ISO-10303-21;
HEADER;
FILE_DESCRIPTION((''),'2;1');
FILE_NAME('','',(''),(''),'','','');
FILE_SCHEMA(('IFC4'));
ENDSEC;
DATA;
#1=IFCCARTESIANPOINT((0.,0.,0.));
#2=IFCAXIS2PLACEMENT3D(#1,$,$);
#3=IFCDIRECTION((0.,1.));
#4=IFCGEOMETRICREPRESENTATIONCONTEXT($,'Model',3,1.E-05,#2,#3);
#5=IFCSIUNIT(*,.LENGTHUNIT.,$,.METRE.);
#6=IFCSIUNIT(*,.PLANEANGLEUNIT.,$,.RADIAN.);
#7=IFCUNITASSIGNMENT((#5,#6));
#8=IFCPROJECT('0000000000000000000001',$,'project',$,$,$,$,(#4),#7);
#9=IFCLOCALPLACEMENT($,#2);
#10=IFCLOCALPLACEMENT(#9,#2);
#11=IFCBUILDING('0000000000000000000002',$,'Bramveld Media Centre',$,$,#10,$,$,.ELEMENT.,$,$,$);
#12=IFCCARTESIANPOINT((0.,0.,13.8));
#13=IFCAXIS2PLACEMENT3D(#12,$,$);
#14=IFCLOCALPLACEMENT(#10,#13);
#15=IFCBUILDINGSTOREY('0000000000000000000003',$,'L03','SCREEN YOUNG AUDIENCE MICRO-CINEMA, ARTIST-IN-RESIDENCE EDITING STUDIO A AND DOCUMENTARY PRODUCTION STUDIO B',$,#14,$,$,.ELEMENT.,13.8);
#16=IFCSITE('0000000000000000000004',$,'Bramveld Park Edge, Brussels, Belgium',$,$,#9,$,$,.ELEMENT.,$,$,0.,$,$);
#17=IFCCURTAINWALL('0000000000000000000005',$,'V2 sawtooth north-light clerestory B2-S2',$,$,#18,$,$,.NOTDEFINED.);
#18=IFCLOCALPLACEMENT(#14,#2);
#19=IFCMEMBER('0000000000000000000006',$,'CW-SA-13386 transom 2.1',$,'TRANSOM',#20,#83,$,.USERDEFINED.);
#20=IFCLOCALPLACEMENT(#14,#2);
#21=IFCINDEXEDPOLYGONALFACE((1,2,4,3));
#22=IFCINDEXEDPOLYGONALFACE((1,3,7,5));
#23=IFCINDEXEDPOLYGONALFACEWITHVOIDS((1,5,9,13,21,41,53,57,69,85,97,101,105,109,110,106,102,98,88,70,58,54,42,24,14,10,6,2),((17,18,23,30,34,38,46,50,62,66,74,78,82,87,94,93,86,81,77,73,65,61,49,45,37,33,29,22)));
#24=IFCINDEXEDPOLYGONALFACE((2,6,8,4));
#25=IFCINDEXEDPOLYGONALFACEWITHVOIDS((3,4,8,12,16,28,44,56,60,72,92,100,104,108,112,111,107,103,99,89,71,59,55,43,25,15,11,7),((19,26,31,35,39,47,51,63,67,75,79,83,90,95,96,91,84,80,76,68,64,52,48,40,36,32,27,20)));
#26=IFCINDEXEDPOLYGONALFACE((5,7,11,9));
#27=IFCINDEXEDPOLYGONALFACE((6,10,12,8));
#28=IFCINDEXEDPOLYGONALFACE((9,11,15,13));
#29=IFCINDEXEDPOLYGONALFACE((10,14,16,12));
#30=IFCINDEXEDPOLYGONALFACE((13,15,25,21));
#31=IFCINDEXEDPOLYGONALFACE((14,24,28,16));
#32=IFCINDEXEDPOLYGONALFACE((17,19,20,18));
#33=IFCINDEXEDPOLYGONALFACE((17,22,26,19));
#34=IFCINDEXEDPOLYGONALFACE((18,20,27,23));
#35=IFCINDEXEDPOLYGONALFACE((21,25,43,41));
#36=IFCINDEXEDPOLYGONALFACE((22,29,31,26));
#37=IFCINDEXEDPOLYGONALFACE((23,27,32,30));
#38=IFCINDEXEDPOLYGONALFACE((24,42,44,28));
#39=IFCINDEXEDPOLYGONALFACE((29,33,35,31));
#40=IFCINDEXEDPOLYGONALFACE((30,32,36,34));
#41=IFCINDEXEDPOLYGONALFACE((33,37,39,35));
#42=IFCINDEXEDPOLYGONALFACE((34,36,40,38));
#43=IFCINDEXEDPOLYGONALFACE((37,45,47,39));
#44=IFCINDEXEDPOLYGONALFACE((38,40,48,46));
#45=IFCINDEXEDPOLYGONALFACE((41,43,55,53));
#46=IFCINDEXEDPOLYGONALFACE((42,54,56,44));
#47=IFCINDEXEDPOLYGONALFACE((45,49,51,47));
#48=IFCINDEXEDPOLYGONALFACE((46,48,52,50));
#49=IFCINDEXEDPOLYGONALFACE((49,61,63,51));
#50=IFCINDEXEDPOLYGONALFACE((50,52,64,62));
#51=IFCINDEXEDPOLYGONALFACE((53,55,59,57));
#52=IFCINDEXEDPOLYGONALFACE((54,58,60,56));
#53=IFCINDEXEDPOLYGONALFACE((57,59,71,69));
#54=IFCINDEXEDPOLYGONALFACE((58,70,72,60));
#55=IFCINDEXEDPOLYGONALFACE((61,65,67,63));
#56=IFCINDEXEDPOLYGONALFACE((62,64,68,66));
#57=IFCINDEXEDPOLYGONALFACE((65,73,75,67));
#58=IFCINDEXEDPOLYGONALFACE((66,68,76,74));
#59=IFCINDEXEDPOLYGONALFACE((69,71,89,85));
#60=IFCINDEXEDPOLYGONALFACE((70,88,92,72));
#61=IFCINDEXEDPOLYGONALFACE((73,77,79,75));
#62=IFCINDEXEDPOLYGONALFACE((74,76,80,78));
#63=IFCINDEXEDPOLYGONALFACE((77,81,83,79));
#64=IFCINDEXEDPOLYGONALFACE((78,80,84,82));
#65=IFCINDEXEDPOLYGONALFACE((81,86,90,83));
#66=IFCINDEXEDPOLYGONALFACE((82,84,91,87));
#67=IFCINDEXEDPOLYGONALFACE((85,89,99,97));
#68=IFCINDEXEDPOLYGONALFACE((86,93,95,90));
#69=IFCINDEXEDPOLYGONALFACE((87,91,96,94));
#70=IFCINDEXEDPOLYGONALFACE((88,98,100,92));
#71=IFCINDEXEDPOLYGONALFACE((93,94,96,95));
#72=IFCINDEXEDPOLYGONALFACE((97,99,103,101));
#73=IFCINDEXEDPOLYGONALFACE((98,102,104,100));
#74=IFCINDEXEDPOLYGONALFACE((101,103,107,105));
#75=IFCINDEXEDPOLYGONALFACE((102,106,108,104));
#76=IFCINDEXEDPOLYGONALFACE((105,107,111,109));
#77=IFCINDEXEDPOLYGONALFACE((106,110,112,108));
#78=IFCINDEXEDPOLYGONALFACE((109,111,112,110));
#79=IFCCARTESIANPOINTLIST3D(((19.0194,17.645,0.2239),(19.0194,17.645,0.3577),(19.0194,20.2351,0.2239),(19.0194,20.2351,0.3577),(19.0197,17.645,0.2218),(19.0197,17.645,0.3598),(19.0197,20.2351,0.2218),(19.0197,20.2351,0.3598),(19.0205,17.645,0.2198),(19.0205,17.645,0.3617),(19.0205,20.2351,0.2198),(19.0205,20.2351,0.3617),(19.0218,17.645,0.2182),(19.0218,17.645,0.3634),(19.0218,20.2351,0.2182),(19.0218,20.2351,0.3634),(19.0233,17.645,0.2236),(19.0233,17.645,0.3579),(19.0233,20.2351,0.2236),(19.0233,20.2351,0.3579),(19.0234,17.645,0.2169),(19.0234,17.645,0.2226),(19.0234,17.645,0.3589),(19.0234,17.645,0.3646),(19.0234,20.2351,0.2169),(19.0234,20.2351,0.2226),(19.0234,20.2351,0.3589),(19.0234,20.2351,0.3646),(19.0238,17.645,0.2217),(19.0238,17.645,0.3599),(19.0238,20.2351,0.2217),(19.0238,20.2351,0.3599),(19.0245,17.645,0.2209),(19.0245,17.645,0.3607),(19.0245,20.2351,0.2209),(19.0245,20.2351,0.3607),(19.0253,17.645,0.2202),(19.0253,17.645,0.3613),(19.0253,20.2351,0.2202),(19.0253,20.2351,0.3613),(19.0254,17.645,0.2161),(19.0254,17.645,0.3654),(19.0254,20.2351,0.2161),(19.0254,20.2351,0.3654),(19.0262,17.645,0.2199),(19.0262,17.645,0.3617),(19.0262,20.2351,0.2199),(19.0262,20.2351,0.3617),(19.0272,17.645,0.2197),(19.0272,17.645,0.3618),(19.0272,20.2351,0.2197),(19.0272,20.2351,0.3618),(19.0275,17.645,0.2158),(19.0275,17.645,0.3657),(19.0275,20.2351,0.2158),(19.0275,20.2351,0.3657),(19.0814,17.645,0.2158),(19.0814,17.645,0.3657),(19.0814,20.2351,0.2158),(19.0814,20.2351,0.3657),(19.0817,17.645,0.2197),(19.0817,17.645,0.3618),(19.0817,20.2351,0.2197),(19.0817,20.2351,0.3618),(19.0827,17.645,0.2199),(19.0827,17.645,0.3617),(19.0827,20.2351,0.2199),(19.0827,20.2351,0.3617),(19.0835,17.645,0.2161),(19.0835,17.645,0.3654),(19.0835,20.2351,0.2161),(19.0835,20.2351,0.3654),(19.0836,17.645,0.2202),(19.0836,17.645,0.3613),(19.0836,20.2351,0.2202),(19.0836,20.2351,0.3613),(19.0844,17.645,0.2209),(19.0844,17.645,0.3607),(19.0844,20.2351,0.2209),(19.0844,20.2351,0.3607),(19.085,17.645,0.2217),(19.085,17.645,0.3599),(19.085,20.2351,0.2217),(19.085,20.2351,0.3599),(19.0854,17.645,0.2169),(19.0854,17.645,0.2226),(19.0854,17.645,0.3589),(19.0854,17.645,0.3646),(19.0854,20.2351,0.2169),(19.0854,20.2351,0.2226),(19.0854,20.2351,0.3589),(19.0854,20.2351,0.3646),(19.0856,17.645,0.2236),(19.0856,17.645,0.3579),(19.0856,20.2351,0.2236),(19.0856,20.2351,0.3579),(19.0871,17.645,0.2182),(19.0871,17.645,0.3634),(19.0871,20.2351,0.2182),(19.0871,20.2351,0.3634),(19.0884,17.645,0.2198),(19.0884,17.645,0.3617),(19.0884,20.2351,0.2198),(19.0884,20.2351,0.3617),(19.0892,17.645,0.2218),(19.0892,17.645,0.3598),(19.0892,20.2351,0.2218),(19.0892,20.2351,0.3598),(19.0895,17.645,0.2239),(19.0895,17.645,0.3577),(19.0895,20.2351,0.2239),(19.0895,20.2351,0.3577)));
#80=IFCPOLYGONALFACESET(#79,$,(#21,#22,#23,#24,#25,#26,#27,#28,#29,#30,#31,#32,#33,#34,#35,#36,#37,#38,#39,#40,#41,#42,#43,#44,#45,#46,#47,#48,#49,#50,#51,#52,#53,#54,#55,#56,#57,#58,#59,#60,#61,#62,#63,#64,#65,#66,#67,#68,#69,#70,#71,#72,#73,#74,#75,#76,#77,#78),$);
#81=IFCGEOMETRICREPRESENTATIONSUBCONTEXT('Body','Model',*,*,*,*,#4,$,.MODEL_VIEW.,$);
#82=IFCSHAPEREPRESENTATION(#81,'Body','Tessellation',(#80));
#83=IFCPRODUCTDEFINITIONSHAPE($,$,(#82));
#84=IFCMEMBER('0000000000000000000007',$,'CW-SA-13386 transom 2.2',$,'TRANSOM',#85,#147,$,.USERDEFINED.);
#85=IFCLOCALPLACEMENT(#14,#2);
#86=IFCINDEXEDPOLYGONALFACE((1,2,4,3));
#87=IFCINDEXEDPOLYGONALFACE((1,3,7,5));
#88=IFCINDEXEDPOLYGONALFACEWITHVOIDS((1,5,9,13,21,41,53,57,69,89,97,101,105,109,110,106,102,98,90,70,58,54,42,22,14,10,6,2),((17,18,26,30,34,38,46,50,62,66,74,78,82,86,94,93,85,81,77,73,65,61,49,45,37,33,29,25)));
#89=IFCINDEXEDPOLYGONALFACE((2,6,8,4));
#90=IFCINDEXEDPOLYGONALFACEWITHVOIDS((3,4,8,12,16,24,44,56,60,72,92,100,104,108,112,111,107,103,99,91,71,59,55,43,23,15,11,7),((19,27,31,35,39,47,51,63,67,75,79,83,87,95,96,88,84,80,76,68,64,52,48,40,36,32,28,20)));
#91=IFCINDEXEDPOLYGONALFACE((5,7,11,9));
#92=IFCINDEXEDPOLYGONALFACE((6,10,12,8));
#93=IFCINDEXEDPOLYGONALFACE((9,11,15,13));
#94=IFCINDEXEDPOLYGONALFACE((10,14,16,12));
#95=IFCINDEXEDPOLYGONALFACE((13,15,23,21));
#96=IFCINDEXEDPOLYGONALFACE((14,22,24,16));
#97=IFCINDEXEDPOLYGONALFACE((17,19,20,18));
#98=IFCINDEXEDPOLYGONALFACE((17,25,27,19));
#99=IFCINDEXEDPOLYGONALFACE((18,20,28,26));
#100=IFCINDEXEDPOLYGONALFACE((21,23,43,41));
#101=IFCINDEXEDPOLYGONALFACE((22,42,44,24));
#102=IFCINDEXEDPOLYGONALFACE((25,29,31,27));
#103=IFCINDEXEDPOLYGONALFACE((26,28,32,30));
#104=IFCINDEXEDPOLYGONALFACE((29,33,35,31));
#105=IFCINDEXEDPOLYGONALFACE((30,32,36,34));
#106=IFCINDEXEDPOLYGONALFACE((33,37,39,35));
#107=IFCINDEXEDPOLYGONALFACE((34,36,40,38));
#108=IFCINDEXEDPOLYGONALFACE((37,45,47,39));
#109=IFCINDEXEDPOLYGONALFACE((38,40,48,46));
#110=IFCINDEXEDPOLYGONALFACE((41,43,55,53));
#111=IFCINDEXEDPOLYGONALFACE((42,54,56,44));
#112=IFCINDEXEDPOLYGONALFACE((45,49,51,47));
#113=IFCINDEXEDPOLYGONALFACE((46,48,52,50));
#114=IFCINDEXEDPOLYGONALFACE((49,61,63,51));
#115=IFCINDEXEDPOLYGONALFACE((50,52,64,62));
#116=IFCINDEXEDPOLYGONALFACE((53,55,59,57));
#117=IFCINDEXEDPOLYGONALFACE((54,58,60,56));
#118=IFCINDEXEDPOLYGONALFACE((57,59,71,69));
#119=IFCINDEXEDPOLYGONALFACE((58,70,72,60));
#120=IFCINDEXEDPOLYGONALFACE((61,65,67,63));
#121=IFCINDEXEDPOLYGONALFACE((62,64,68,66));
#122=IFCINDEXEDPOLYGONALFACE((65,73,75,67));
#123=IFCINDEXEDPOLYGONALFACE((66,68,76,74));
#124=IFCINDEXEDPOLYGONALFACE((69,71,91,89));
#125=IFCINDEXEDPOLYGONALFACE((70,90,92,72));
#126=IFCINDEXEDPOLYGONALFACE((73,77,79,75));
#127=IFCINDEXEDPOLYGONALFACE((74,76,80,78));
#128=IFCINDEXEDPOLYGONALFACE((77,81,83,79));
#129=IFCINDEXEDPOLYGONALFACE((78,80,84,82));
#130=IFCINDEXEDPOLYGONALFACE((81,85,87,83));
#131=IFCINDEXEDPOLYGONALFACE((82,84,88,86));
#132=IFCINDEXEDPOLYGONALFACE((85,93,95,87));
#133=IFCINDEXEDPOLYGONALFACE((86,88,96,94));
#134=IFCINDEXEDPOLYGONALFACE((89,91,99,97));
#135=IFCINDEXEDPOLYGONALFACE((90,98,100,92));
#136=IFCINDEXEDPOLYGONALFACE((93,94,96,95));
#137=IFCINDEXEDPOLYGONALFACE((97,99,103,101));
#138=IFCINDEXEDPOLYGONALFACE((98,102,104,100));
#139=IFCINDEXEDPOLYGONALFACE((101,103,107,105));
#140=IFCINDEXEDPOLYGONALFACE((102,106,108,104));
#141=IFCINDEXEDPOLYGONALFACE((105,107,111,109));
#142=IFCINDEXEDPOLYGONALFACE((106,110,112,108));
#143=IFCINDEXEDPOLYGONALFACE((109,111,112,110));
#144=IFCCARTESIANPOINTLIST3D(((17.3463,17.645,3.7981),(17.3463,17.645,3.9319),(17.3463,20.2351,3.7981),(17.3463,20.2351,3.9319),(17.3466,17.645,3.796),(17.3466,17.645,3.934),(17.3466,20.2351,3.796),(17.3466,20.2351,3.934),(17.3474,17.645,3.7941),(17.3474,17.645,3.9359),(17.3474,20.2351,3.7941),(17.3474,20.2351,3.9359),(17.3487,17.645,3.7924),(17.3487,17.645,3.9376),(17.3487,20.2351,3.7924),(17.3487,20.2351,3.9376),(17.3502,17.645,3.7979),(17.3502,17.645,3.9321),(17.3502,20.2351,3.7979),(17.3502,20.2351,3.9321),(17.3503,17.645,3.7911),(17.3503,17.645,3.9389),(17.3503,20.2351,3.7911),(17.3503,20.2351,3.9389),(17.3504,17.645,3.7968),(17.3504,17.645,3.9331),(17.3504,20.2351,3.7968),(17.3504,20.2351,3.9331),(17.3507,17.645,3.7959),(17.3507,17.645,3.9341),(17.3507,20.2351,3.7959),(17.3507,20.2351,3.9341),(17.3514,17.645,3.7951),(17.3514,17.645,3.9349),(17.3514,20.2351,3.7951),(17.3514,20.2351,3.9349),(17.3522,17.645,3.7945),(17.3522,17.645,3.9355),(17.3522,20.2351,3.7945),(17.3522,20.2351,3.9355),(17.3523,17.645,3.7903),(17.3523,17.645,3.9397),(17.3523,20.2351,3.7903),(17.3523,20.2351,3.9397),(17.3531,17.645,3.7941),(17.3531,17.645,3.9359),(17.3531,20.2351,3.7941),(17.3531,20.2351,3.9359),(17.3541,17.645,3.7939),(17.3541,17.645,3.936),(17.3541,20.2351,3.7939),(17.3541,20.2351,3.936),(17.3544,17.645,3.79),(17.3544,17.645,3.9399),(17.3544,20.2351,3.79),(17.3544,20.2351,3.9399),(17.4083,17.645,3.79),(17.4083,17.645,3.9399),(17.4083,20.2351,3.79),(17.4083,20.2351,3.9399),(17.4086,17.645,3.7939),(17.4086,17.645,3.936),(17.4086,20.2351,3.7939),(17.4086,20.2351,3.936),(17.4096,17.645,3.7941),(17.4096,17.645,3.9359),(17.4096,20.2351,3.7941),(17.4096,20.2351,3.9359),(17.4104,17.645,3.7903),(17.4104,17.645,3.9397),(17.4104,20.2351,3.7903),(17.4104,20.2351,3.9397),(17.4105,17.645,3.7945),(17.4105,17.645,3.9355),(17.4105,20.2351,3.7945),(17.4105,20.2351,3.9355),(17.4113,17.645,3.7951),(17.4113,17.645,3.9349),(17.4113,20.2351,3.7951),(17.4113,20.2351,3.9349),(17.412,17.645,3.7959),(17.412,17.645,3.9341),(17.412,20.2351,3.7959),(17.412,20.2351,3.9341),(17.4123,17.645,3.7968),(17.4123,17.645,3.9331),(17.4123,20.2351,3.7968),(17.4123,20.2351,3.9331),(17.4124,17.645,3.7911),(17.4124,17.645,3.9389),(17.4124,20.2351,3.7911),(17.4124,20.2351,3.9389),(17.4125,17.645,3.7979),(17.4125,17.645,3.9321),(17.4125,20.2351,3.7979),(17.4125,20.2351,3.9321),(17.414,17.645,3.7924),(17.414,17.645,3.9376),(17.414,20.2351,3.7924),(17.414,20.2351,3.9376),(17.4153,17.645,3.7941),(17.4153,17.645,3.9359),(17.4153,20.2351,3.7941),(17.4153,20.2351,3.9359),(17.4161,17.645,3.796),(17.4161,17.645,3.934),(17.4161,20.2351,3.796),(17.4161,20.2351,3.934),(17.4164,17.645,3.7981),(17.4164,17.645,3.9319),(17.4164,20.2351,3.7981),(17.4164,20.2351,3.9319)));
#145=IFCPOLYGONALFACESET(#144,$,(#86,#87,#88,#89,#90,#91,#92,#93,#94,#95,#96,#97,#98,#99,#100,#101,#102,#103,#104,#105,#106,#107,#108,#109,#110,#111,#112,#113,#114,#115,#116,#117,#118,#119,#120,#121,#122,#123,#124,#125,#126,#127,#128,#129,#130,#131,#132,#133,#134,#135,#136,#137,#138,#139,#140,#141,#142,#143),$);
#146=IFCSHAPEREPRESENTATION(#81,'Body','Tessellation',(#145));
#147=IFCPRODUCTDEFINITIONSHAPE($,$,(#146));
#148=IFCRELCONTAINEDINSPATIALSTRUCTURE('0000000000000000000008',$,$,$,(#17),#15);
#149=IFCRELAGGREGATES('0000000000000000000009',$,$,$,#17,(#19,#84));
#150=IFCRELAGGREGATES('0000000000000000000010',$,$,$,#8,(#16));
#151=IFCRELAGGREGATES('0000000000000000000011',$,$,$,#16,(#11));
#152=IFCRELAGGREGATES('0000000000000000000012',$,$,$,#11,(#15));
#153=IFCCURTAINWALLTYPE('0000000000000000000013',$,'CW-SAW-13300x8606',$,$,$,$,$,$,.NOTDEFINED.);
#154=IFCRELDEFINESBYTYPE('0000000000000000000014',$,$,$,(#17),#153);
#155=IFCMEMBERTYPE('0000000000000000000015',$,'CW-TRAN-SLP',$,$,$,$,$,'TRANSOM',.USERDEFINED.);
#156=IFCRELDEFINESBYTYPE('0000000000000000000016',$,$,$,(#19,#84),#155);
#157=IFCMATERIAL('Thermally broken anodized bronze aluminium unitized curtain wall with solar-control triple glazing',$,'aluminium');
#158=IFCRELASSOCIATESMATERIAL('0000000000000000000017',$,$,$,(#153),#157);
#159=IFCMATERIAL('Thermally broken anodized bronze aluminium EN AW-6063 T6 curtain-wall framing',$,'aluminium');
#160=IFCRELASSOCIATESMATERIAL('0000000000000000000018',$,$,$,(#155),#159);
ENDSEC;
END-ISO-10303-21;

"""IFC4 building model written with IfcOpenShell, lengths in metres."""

from ifc_helpers import new_model, si_unit, direction, frame, origin, origin_2d, place, context, subcontext, project, spatial, hollow_rectangle, extrude, material, material_profile, profile_set, type_object, element, aggregate, save


model = new_model("IFC4")

# Units and contexts
model_context = context("Model", 3, precision=1e-05, world=origin(), true_north=direction((0.0, 1.0)))
body_context = subcontext(model_context, "Body", "Model", "MODEL_VIEW")
ifc_project = project(units=[si_unit("LENGTHUNIT", "METRE"), si_unit("PLANEANGLEUNIT", "RADIAN")], contexts=[model_context])

# Site, building, storey
site_placement = place(None, origin())
site = spatial("IfcSite", under=ifc_project, at=site_placement, Name="Bramveld Park Edge, Brussels, Belgium", CompositionType="ELEMENT", RefElevation=0.0)
building_placement = place(site_placement, origin())
building = spatial("IfcBuilding", under=site, at=building_placement, Name="Bramveld Media Centre", CompositionType="ELEMENT")
storey_placement = place(building_placement, frame((0.0, 0.0, 13.8)))
storey = spatial("IfcBuildingStorey", under=building, at=storey_placement, Name="L03", Description="SCREEN YOUNG AUDIENCE MICRO-CINEMA, ARTIST-IN-RESIDENCE EDITING STUDIO A AND DOCUMENTARY PRODUCTION STUDIO B", CompositionType="ELEMENT", Elevation=13.8)

# Curtain wall
ifc_material_1 = material(Name="Thermally broken anodized bronze aluminium unitized curtain wall with solar-control triple glazing", Category="aluminium")
curtain_wall_type = type_object("IfcCurtainWallType", Name="CW-SAW-13300x8606", PredefinedType="NOTDEFINED", material=ifc_material_1)
curtain_wall_1_placement = place(storey_placement, origin())
curtain_wall_1 = element("IfcCurtainWall", 1, at=curtain_wall_1_placement, inside=storey, type_object=curtain_wall_type, Name="V2 sawtooth north-light clerestory B2-S2", PredefinedType="NOTDEFINED")

# Members
ifc_material_2 = material(Name="Thermally broken anodized bronze aluminium EN AW-6063 T6 curtain-wall framing", Category="aluminium")
ifc_material_profile_1 = material_profile(ifc_material_2, hollow_rectangle(XDim=0.0701, YDim=0.1499, WallThickness=0.0039, InnerFilletRadius=0.0039, OuterFilletRadius=0.0081, at=origin_2d()), Name="AL-TRAN 70x150")
ifc_profile_set_1 = profile_set([ifc_material_profile_1], Name="Thermally broken anodized bronze aluminium EN AW-6063 T6 curtain-wall framing")
member_type_1 = type_object("IfcMemberType", Name="CW-TRAN-SLP", ElementType="TRANSOM", PredefinedType="USERDEFINED", material=ifc_profile_set_1)
member_1_placement = place(storey_placement, frame((19.0544, 17.645, 0.2908), z_axis=(0.0, 1.0, 0.0), x_axis=(-1.0, 0.0, 0.0)))
member_1 = element("IfcMember", 2, at=member_1_placement, type_object=member_type_1, Name="CW-SA-13386 transom 2.1", ObjectType="TRANSOM", PredefinedType="USERDEFINED", context=body_context, shape_type="SweptSolid", body=[
    extrude(hollow_rectangle(XDim=0.0701, YDim=0.1499, WallThickness=0.0039, InnerFilletRadius=0.0039, OuterFilletRadius=0.0081, at=origin_2d()), origin(), (0.0, 0.0, 1.0), 2.5901),
])
member_2_placement = place(storey_placement, frame((17.3813, 17.645, 3.865), z_axis=(0.0, 1.0, 0.0), x_axis=(-1.0, 0.0, 0.0)))
member_2 = element("IfcMember", 3, at=member_2_placement, type_object=member_type_1, Name="CW-SA-13386 transom 2.2", ObjectType="TRANSOM", PredefinedType="USERDEFINED", context=body_context, shape_type="SweptSolid", body=[
    extrude(hollow_rectangle(XDim=0.0701, YDim=0.1499, WallThickness=0.0039, InnerFilletRadius=0.0039, OuterFilletRadius=0.0081, at=origin_2d()), origin(), (0.0, 0.0, 1.0), 2.5901),
])

aggregate(curtain_wall_1, [member_1, member_2])

save(model, "model.ifc")
